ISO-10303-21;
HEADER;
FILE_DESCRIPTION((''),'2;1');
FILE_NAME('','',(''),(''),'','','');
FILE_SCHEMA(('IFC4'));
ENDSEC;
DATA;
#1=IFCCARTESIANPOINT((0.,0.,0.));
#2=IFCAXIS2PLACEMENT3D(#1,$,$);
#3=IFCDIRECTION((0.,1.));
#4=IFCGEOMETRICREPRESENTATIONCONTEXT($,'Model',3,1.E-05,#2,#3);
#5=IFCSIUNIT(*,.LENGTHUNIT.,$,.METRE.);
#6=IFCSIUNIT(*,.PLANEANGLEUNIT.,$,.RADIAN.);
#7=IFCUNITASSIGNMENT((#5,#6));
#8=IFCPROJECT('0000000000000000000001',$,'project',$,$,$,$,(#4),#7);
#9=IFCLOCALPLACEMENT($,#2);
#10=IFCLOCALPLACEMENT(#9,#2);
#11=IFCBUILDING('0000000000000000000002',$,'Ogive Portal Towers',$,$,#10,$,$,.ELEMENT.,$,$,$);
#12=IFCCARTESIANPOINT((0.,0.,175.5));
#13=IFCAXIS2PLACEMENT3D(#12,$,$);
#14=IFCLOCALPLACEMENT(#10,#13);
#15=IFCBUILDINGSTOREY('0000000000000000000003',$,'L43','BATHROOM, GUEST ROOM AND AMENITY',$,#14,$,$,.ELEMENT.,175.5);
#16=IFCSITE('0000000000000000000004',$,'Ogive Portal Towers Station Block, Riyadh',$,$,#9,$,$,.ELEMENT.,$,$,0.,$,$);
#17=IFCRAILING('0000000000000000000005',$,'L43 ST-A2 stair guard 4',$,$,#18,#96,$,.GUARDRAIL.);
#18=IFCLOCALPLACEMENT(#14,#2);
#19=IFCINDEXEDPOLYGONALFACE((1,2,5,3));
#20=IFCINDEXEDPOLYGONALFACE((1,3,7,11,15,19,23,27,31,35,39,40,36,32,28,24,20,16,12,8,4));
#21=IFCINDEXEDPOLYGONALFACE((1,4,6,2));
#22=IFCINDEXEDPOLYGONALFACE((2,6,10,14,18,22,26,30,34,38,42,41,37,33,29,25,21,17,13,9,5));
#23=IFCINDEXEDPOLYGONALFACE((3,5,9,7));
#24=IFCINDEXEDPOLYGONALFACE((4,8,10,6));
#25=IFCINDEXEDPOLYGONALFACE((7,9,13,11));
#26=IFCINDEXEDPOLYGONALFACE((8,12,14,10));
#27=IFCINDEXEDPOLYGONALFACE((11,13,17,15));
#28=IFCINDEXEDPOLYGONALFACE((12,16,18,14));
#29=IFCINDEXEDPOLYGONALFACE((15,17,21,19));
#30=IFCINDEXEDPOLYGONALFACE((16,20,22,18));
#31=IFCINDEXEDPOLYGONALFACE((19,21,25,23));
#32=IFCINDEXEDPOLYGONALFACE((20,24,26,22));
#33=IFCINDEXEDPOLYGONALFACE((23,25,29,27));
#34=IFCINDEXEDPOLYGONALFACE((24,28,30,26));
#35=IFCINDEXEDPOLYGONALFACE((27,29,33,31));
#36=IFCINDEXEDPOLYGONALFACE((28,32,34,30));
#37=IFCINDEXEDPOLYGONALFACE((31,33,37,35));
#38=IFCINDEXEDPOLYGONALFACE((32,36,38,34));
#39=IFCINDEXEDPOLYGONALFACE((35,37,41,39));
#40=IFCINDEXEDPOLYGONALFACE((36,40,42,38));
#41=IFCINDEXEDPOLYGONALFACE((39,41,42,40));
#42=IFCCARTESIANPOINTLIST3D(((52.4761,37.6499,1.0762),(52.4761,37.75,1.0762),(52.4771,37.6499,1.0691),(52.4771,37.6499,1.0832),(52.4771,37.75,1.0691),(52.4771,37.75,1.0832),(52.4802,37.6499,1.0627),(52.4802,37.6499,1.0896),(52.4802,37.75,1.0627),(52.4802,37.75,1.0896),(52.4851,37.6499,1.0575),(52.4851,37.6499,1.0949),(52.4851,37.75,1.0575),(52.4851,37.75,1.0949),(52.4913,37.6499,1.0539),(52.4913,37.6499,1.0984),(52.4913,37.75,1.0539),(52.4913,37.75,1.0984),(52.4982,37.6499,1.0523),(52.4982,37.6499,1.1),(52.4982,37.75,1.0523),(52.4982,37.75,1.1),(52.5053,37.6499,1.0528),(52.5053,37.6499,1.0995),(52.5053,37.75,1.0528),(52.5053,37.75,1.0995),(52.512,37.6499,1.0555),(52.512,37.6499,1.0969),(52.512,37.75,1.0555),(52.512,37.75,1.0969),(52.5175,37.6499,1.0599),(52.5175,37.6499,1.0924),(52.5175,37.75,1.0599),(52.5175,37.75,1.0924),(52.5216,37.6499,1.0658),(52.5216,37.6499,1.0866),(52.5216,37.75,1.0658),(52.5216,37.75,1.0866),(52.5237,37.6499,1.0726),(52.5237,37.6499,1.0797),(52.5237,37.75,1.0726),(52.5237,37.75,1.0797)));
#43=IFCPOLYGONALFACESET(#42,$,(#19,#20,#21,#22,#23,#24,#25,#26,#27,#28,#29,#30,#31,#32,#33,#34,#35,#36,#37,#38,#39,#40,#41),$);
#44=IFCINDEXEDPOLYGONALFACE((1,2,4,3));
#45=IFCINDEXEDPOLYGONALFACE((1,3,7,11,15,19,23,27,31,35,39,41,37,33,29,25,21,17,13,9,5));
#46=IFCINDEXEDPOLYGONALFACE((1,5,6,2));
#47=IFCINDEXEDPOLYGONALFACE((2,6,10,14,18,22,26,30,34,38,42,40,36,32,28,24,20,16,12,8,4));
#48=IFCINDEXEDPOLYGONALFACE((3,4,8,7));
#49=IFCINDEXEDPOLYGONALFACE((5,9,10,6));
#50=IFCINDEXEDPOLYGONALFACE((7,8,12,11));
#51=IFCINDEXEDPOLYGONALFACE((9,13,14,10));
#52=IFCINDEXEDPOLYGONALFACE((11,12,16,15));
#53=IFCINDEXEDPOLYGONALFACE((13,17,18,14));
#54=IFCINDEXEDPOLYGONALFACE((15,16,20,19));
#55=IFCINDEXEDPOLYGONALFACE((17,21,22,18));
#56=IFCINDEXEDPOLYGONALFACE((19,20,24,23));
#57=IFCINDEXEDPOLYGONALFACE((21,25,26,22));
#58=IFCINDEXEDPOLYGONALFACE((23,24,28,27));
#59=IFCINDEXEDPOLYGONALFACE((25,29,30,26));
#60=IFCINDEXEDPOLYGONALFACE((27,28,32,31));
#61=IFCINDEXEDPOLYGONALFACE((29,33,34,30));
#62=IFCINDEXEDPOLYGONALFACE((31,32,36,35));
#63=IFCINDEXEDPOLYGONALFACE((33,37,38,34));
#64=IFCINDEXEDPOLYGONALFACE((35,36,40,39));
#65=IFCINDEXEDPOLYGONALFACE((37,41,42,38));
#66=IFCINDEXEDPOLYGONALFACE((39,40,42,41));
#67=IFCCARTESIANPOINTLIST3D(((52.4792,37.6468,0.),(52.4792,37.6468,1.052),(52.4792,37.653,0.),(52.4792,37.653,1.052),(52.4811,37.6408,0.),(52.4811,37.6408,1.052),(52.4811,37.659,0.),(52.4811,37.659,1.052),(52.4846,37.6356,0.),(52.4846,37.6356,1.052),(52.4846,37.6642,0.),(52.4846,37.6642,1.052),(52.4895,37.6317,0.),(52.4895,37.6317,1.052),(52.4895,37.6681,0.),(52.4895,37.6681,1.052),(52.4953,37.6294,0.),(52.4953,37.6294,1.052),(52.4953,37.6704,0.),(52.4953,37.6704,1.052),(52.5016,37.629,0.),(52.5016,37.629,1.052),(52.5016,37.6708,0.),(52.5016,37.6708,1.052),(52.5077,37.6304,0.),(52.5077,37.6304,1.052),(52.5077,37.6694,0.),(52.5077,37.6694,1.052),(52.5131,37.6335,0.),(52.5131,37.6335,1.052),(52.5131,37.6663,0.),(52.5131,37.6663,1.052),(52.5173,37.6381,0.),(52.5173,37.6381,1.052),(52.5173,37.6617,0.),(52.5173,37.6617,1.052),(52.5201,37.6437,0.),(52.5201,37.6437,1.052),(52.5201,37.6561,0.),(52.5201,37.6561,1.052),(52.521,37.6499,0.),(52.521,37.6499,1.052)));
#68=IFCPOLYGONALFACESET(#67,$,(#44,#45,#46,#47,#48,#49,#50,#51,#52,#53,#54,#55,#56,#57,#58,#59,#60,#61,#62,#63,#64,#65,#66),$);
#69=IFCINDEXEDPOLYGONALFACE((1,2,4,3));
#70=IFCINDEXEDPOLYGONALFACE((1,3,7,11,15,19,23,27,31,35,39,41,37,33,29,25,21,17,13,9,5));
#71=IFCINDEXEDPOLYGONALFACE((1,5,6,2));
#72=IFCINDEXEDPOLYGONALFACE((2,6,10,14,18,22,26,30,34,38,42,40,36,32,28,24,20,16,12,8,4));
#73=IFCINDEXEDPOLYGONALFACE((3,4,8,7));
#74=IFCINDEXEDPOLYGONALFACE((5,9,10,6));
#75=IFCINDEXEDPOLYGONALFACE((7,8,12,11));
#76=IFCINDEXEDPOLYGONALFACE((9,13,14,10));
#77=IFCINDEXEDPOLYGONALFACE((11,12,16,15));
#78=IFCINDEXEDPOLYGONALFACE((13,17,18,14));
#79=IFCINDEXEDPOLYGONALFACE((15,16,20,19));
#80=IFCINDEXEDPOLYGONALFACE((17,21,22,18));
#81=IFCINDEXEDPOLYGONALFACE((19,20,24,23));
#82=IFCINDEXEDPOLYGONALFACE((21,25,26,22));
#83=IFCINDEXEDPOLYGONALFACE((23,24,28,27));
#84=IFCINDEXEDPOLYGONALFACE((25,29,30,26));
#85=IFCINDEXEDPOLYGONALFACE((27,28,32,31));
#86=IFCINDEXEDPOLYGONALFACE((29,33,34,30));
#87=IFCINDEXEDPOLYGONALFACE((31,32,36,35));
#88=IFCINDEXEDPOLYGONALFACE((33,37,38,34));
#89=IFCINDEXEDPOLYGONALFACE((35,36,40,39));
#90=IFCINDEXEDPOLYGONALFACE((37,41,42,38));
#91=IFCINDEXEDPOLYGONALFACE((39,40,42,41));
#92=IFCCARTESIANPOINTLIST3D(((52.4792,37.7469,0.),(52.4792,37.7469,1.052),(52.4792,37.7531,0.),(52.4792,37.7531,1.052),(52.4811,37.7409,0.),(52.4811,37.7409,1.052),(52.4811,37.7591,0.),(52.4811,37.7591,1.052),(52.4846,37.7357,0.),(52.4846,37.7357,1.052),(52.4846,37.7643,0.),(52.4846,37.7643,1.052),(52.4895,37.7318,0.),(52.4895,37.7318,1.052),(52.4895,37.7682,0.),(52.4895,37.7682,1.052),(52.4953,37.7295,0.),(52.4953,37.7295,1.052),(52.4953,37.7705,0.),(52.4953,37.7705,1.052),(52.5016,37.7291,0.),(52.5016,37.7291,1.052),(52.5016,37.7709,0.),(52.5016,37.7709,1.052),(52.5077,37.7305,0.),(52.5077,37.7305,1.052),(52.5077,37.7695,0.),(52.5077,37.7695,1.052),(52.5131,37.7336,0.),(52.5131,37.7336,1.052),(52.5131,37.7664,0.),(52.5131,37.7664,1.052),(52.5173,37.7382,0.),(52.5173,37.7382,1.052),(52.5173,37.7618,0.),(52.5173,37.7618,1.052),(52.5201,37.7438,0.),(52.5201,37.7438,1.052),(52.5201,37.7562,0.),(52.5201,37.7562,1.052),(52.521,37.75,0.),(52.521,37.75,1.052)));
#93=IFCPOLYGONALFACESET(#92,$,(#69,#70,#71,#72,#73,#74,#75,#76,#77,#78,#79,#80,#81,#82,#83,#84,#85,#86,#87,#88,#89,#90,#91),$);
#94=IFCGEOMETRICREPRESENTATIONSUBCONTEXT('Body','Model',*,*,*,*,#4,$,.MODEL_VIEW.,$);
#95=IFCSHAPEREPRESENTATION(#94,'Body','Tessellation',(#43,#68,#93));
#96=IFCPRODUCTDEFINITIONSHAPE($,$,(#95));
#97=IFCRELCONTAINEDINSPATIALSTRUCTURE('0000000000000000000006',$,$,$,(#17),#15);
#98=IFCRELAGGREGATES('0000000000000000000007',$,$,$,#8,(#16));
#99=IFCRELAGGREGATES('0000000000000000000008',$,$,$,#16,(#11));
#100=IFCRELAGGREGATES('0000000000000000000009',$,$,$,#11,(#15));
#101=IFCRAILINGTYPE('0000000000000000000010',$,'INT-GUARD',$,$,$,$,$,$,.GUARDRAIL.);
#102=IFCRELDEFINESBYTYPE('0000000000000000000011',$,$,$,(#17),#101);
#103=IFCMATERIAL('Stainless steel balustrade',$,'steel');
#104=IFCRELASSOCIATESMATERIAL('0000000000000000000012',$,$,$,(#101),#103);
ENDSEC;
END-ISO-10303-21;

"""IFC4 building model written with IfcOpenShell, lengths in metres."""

from ifc_helpers import new_model, si_unit, direction, frame, origin, origin_2d, place, context, subcontext, project, spatial, circle, extrude, material, type_object, element, save


model = new_model("IFC4")

# Units and contexts
model_context = context("Model", 3, precision=1e-05, world=origin(), true_north=direction((0.0, 1.0)))
body_context = subcontext(model_context, "Body", "Model", "MODEL_VIEW")
ifc_project = project(units=[si_unit("LENGTHUNIT", "METRE"), si_unit("PLANEANGLEUNIT", "RADIAN")], contexts=[model_context])

# Site, building, storey
site_placement = place(None, origin())
site = spatial("IfcSite", under=ifc_project, at=site_placement, Name="Ogive Portal Towers Station Block, Riyadh", CompositionType="ELEMENT", RefElevation=0.0)
building_placement = place(site_placement, origin())
building = spatial("IfcBuilding", under=site, at=building_placement, Name="Ogive Portal Towers", CompositionType="ELEMENT")
storey_placement = place(building_placement, frame((0.0, 0.0, 175.5)))
storey = spatial("IfcBuildingStorey", under=building, at=storey_placement, Name="L43", Description="BATHROOM, GUEST ROOM AND AMENITY", CompositionType="ELEMENT", Elevation=175.5)

# Railing
ifc_material_1 = material(Name="Stainless steel balustrade", Category="steel")
railing_type_1 = type_object("IfcRailingType", Name="INT-GUARD", PredefinedType="GUARDRAIL", material=ifc_material_1)
railing_1_placement = place(storey_placement, frame((52.5, 37.6499, 0.0)))
element("IfcRailing", 1, at=railing_1_placement, inside=storey, type_object=railing_type_1, Name="L43 ST-A2 stair guard 4", PredefinedType="GUARDRAIL", context=body_context, shape_type="SweptSolid", body=[
    extrude(circle(Radius=0.0239, at=origin_2d()), frame((0.0, 0.0, 1.0762), z_axis=(0.0, 1.0, 0.0), x_axis=(-1.0, 0.0, 0.0)), (0.0, 0.0, 1.0), 0.1001),
    extrude(circle(Radius=0.021, at=origin_2d()), origin(), (0.0, 0.0, 1.0), 1.052),
    extrude(circle(Radius=0.021, at=origin_2d()), frame((0.0, 0.1001, 0.0)), (0.0, 0.0, 1.0), 1.052),
])

save(model, "model.ifc")
